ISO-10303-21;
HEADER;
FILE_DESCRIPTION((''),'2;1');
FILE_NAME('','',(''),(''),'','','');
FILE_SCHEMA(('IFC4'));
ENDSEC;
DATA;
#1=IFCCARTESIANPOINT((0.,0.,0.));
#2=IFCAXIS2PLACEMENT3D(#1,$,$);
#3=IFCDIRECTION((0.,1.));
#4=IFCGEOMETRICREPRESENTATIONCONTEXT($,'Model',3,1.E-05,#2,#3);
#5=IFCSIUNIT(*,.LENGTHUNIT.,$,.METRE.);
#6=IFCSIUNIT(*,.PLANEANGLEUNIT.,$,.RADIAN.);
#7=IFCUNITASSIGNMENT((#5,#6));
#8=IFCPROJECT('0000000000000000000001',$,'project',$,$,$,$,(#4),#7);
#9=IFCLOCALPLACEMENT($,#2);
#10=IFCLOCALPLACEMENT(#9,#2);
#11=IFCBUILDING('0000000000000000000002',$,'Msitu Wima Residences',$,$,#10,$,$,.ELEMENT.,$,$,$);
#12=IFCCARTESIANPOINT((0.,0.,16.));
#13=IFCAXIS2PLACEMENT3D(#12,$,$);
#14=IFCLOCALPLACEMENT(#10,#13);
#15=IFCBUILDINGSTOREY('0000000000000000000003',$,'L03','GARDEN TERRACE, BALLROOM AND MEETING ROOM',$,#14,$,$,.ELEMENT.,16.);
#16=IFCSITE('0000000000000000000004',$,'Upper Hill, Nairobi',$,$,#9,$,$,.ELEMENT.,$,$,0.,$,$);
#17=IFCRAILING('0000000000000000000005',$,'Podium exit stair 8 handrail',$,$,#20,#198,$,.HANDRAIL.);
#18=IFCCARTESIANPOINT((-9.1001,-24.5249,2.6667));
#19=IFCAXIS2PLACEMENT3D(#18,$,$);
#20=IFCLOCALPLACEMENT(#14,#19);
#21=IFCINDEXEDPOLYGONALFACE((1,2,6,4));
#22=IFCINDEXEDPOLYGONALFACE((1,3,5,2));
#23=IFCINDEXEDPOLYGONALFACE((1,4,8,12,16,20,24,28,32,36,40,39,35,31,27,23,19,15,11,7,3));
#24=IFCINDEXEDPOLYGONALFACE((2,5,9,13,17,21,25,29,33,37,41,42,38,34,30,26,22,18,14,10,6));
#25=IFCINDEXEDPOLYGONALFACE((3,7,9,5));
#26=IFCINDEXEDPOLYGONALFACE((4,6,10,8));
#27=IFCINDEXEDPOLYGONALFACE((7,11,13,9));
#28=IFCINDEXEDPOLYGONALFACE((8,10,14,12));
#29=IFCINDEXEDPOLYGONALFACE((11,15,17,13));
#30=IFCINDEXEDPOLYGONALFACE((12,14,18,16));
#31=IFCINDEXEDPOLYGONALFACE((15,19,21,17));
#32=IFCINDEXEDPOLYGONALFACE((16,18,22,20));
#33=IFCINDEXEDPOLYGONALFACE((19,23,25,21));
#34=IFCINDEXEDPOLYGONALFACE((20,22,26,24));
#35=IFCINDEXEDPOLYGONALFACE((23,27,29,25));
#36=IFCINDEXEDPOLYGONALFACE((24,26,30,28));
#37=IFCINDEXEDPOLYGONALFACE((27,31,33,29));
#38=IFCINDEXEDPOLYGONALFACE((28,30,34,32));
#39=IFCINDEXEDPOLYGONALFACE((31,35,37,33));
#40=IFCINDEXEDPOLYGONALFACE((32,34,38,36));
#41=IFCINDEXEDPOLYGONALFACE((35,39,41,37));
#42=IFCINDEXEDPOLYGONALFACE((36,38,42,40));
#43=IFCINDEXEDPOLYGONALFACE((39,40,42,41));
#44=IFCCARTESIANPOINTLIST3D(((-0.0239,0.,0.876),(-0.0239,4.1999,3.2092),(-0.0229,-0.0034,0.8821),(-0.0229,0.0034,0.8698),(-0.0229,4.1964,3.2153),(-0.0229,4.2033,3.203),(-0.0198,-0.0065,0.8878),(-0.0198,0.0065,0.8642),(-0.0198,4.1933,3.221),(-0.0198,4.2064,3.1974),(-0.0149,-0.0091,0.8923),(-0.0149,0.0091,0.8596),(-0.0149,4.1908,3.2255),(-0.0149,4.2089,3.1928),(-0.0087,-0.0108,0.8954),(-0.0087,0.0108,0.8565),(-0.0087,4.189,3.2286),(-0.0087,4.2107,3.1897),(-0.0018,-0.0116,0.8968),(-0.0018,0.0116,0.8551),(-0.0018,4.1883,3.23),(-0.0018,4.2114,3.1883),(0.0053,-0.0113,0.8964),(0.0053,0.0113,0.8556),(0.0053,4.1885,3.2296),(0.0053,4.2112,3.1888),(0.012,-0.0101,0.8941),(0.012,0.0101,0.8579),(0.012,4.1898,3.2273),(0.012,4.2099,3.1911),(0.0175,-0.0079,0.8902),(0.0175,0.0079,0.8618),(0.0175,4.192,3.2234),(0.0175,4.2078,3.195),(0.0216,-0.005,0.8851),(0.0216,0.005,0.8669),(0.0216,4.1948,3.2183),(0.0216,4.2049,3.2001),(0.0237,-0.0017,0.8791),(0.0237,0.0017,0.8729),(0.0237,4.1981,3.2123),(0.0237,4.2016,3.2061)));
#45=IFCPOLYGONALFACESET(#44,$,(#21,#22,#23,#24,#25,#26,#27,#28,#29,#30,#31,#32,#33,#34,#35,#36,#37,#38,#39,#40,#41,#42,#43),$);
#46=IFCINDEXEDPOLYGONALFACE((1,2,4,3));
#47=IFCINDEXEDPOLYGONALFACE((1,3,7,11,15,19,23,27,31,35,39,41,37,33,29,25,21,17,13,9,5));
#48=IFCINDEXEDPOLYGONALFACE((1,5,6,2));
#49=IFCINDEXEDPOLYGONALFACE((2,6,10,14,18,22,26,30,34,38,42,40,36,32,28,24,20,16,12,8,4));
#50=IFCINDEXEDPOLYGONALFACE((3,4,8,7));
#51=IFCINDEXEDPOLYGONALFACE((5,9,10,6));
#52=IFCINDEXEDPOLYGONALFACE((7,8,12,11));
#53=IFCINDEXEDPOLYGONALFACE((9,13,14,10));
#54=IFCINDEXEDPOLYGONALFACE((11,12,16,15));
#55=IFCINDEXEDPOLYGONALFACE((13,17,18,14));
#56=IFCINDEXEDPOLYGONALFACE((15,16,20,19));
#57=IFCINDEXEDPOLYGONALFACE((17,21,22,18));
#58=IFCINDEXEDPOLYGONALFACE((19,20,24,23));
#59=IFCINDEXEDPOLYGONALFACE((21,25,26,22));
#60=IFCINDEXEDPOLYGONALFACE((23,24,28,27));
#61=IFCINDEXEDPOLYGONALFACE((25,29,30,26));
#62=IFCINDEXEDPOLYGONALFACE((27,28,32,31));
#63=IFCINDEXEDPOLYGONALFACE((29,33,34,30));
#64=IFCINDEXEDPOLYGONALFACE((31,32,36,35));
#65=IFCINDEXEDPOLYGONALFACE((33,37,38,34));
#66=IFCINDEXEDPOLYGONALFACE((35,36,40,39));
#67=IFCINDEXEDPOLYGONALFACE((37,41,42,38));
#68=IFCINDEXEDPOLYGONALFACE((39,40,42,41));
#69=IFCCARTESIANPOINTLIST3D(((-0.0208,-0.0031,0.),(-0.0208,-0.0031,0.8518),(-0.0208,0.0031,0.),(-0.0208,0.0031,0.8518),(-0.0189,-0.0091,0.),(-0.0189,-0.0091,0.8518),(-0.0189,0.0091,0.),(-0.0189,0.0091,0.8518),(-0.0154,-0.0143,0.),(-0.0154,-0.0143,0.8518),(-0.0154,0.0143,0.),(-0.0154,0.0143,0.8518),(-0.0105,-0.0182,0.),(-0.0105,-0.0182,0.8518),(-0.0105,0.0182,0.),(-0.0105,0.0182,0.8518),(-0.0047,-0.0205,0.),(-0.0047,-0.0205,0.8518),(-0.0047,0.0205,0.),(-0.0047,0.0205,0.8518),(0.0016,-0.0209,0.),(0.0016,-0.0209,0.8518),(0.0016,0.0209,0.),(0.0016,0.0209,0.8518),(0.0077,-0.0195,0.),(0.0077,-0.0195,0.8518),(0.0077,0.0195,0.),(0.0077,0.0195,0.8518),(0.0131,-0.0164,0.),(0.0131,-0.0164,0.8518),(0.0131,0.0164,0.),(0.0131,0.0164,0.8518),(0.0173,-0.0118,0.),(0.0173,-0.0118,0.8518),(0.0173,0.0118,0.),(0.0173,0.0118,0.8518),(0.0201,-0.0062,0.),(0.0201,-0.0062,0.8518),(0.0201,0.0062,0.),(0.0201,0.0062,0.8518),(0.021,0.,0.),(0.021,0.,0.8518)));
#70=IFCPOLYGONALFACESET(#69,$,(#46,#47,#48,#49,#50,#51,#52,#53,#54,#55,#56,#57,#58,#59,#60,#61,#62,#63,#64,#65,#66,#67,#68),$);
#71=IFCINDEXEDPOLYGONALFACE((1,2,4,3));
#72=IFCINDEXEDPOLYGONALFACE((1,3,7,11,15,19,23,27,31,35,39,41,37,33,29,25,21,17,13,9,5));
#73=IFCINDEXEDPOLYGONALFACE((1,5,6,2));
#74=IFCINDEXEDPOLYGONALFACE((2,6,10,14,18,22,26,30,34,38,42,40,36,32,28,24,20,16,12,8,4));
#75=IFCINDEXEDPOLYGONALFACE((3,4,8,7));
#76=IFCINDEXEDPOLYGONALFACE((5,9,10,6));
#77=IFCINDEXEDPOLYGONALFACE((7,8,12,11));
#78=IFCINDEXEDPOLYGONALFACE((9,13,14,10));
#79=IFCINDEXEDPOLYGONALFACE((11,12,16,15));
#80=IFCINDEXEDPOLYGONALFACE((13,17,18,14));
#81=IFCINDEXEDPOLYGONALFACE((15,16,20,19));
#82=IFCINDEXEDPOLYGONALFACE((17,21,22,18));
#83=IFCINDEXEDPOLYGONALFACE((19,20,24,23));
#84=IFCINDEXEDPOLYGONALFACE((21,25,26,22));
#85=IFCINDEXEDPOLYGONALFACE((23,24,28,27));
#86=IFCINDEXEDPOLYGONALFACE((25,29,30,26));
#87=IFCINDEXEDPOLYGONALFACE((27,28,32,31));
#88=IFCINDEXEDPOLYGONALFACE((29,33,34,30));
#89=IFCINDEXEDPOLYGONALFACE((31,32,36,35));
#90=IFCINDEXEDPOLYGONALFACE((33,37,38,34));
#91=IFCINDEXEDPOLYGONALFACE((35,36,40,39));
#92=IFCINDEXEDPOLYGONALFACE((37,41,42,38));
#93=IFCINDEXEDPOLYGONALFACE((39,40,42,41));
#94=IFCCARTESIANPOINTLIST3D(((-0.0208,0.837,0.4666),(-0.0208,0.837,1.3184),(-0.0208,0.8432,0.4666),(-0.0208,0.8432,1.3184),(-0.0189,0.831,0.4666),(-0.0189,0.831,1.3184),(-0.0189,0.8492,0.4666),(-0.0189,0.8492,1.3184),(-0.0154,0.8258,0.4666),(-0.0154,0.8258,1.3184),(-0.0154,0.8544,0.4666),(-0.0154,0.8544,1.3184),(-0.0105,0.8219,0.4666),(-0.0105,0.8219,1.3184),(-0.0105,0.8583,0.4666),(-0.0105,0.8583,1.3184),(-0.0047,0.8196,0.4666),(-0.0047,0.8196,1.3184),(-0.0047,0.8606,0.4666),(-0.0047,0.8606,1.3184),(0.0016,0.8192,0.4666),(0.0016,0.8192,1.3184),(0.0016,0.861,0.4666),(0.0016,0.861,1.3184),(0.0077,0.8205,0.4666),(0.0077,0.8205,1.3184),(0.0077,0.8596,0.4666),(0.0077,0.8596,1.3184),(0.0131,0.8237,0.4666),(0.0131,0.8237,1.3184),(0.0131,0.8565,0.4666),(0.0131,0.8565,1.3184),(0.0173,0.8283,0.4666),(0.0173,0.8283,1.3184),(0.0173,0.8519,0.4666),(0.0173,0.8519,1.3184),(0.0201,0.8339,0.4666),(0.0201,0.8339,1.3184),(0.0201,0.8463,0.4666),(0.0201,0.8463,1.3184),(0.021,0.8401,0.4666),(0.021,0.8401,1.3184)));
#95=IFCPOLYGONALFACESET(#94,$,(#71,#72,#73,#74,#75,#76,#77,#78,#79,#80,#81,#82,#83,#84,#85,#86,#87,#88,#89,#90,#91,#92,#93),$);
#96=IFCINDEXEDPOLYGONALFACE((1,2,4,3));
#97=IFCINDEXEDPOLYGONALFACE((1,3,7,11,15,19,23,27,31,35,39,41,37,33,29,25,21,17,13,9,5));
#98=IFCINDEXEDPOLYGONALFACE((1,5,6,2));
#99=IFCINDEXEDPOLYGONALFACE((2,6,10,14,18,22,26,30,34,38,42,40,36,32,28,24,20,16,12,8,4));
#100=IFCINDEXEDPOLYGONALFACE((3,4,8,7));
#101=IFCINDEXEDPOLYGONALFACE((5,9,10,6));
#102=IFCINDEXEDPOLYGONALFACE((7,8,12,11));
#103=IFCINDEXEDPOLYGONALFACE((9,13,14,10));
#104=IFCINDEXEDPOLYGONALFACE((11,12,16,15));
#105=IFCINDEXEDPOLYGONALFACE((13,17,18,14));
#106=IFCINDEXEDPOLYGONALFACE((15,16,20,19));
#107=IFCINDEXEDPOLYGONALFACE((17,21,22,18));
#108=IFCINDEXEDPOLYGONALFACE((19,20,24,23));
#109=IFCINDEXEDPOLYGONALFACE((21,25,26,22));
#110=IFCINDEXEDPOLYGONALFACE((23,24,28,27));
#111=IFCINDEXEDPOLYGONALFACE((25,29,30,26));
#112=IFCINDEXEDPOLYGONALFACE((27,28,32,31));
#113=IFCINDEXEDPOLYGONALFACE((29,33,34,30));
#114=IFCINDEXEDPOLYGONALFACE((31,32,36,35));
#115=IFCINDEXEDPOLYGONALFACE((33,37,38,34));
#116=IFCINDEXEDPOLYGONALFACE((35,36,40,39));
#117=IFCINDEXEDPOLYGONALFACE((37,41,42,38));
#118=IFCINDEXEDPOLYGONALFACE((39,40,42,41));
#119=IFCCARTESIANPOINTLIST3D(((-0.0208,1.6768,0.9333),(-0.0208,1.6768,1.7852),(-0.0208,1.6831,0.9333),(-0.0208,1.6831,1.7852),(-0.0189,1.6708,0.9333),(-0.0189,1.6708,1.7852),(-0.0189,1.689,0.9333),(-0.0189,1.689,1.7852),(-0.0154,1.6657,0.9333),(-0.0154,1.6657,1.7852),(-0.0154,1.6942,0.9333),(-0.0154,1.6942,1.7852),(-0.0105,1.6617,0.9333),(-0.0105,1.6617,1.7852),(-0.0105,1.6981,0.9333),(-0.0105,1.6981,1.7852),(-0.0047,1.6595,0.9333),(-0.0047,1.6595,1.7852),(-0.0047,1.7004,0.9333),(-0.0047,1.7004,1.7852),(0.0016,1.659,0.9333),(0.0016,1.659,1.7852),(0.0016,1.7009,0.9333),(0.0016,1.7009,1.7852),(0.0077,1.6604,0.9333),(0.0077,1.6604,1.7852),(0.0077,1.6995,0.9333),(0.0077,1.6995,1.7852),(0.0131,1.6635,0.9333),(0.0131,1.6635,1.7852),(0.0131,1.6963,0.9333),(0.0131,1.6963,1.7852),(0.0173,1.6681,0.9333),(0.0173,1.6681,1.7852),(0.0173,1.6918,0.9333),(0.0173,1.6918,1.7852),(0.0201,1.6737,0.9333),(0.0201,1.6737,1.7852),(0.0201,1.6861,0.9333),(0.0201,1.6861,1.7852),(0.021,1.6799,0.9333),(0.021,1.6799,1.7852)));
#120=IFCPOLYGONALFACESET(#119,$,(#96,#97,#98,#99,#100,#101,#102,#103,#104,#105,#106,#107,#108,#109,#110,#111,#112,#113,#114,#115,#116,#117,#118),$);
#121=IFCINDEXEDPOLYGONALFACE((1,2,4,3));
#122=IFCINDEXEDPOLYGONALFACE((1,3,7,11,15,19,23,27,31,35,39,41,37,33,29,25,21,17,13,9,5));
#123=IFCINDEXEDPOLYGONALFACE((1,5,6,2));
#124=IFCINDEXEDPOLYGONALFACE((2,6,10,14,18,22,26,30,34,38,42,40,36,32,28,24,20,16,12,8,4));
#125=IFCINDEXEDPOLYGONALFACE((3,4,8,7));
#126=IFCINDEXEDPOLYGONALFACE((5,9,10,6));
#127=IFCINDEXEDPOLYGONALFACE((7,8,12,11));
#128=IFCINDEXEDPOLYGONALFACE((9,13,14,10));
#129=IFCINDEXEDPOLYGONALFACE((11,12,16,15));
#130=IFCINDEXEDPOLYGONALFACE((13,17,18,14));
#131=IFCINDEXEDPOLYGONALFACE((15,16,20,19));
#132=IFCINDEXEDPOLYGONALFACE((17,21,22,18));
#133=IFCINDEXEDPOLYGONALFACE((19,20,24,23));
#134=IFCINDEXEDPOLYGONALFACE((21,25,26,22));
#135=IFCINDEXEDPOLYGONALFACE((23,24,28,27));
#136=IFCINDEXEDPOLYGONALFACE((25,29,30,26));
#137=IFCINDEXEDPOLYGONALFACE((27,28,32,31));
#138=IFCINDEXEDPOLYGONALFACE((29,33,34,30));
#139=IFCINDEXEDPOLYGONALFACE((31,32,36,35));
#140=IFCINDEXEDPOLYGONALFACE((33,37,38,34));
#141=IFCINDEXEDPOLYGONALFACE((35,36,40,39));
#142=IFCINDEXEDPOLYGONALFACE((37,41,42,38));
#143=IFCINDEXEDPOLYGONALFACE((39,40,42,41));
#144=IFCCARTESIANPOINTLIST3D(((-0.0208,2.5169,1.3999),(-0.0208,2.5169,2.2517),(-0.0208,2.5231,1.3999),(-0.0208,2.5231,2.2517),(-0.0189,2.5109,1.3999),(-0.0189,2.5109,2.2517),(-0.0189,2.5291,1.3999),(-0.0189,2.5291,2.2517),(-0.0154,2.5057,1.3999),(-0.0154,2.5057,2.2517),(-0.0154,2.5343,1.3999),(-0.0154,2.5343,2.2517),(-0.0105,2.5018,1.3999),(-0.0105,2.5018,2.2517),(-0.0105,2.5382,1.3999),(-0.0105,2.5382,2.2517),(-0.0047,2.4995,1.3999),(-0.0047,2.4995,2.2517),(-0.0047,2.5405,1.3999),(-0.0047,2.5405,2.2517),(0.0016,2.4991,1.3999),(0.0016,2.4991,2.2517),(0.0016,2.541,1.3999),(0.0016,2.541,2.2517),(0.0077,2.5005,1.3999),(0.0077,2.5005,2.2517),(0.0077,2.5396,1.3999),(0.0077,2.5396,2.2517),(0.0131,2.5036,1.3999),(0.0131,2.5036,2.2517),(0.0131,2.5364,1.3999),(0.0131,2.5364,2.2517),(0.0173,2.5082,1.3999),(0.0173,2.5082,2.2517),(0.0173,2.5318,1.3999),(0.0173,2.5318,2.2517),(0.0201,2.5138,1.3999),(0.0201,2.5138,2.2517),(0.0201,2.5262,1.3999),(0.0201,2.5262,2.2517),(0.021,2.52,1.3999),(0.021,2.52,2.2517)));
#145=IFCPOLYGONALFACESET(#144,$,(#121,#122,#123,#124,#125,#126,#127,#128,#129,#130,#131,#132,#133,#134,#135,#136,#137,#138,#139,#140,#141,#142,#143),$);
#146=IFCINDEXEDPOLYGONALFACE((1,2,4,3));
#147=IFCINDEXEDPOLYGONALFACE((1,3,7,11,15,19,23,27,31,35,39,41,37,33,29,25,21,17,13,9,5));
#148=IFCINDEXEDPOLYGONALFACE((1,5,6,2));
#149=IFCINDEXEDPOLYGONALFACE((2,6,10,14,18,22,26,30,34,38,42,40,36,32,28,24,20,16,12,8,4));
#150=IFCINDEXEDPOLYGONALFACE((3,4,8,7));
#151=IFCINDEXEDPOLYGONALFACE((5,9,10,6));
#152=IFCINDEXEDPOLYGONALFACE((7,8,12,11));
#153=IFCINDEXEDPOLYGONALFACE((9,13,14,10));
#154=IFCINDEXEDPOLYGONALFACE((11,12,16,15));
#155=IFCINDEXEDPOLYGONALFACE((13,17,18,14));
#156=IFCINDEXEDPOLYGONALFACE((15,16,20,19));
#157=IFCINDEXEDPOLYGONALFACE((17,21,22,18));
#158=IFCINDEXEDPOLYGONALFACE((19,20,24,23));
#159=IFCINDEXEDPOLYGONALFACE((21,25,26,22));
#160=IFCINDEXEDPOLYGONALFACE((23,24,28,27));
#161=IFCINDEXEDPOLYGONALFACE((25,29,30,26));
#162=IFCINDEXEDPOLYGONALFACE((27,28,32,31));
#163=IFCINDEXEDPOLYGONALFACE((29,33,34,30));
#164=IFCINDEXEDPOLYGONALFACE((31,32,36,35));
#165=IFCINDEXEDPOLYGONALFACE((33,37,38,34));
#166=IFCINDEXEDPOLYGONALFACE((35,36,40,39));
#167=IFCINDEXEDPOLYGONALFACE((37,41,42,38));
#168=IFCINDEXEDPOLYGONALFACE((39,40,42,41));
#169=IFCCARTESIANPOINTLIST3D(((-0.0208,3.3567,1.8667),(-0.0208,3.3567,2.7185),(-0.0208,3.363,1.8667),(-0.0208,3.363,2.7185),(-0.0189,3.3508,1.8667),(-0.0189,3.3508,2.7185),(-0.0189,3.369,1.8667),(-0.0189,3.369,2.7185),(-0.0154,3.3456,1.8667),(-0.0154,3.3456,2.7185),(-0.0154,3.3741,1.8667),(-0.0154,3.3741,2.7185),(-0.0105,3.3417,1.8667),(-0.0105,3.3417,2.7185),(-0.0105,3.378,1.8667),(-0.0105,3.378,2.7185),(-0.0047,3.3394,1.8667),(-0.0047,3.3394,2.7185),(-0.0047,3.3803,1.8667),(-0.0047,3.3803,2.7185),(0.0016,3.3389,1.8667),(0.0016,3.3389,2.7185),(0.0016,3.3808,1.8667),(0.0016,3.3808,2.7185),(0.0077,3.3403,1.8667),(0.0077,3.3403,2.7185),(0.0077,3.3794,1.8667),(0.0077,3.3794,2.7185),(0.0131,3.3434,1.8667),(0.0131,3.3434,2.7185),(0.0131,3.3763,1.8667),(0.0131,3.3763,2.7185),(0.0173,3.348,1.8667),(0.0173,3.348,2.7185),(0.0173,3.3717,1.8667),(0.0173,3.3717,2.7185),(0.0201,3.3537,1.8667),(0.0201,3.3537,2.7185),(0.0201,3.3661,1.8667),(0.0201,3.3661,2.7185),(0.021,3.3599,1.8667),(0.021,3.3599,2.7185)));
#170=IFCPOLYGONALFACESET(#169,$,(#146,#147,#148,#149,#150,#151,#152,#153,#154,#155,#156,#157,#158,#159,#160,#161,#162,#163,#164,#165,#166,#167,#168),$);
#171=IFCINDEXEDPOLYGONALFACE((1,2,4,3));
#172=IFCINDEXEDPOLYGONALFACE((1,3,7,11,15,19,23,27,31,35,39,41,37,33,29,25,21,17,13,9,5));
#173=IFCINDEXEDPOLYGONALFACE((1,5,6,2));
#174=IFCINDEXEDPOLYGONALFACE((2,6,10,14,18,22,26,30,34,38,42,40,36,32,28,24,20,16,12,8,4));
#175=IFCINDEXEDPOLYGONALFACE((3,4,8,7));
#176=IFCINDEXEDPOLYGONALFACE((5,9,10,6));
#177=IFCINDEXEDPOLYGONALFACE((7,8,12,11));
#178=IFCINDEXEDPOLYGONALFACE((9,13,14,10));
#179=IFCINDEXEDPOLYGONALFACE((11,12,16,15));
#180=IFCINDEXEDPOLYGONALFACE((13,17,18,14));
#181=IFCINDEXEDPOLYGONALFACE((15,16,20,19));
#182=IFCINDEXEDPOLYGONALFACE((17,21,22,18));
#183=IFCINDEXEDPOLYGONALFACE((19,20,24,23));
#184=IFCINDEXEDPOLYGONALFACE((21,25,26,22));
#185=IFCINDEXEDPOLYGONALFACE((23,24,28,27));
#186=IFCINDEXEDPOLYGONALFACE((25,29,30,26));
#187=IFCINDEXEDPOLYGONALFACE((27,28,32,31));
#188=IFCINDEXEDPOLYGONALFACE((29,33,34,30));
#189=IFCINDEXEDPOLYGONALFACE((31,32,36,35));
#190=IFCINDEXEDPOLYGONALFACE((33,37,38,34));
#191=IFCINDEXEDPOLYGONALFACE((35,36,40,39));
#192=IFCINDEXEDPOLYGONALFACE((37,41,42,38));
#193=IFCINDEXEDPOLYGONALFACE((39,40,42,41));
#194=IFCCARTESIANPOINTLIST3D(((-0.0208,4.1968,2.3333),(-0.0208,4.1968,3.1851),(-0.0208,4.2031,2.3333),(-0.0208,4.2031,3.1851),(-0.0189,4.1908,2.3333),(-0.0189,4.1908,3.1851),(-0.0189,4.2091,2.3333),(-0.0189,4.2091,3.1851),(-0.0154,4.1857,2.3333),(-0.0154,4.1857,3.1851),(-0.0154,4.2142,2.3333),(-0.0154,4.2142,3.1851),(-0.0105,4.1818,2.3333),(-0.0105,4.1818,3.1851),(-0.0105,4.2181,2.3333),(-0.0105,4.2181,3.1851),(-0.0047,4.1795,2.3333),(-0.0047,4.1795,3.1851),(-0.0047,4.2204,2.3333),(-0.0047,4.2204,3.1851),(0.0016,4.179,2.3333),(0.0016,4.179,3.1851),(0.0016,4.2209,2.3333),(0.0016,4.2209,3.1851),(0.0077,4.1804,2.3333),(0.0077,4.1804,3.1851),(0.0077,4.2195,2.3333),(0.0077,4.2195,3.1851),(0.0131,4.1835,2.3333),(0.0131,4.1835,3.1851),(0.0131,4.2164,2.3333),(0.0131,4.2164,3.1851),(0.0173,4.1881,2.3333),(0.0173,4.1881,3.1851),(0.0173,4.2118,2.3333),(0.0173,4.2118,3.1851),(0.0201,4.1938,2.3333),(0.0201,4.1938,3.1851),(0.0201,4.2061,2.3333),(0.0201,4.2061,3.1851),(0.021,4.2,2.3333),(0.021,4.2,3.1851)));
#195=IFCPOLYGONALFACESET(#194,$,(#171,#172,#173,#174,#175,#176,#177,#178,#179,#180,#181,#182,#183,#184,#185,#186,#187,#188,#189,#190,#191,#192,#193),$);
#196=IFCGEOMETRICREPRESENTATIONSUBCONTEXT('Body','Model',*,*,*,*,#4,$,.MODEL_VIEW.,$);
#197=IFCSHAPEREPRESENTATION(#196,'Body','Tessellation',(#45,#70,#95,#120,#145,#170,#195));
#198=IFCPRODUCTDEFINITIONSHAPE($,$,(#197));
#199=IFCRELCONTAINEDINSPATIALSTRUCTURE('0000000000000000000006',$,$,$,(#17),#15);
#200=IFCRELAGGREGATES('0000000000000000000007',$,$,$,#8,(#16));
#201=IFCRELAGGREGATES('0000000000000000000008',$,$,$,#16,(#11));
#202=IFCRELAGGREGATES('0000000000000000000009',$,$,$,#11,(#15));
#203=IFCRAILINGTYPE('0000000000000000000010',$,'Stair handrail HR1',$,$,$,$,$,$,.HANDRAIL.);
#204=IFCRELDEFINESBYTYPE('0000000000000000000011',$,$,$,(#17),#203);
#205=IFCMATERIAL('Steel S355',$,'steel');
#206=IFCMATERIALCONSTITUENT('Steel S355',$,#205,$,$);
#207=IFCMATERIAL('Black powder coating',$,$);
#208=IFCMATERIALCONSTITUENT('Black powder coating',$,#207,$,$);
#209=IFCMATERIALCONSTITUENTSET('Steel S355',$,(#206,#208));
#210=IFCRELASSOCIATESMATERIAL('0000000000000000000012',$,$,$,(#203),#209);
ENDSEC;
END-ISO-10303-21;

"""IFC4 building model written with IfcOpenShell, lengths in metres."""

from ifc_helpers import new_model, si_unit, direction, frame, origin, origin_2d, place, context, subcontext, project, spatial, circle, extrude, material, constituent, constituent_set, type_object, element, save


model = new_model("IFC4")

# Units and contexts
model_context = context("Model", 3, precision=1e-05, world=origin(), true_north=direction((0.0, 1.0)))
body_context = subcontext(model_context, "Body", "Model", "MODEL_VIEW")
ifc_project = project(units=[si_unit("LENGTHUNIT", "METRE"), si_unit("PLANEANGLEUNIT", "RADIAN")], contexts=[model_context])

# Site, building, storey
site_placement = place(None, origin())
site = spatial("IfcSite", under=ifc_project, at=site_placement, Name="Upper Hill, Nairobi", CompositionType="ELEMENT", RefElevation=0.0)
building_placement = place(site_placement, origin())
building = spatial("IfcBuilding", under=site, at=building_placement, Name="Msitu Wima Residences", CompositionType="ELEMENT")
storey_placement = place(building_placement, frame((0.0, 0.0, 16.0)))
storey = spatial("IfcBuildingStorey", under=building, at=storey_placement, Name="L03", Description="GARDEN TERRACE, BALLROOM AND MEETING ROOM", CompositionType="ELEMENT", Elevation=16.0)

# Railing
ifc_material_1 = material(Name="Steel S355", Category="steel")
ifc_constituent_1 = constituent(ifc_material_1, Name="Steel S355")
ifc_material_2 = material(Name="Black powder coating")
ifc_constituent_2 = constituent(ifc_material_2, Name="Black powder coating")
ifc_constituent_set = constituent_set(constituents=[ifc_constituent_1, ifc_constituent_2], Name="Steel S355")
railing_type = type_object("IfcRailingType", Name="Stair handrail HR1", PredefinedType="HANDRAIL", material=ifc_constituent_set)
for number, where, name in (
    (1, (-9.1001, -24.5249, 2.6667), "Podium exit stair 8 handrail"),
):
    element("IfcRailing", number, at=place(storey_placement, frame(where)), inside=storey, type_object=railing_type, Name=name, PredefinedType="HANDRAIL", context=body_context, shape_type="SweptSolid", body=[
        extrude(circle(Radius=0.0239, at=origin_2d()), frame((0.0, 0.0, 0.876), z_axis=(0.0, 0.874162, 0.485634), x_axis=(-1.0, 0.0, 0.0)), (0.0, 0.0, 1.0), 4.8044),
        extrude(circle(Radius=0.021, at=origin_2d()), origin(), (0.0, 0.0, 1.0), 0.8518),
        extrude(circle(Radius=0.021, at=origin_2d()), frame((0.0, 0.8401, 0.4666)), (0.0, 0.0, 1.0), 0.8518),
        extrude(circle(Radius=0.021, at=origin_2d()), frame((0.0, 1.6799, 0.9333)), (0.0, 0.0, 1.0), 0.8518),
        extrude(circle(Radius=0.021, at=origin_2d()), frame((0.0, 2.52, 1.3999)), (0.0, 0.0, 1.0), 0.8518),
        extrude(circle(Radius=0.021, at=origin_2d()), frame((0.0, 3.3599, 1.8667)), (0.0, 0.0, 1.0), 0.8518),
        extrude(circle(Radius=0.021, at=origin_2d()), frame((0.0, 4.2, 2.3333)), (0.0, 0.0, 1.0), 0.8518),
    ])

save(model, "model.ifc")
